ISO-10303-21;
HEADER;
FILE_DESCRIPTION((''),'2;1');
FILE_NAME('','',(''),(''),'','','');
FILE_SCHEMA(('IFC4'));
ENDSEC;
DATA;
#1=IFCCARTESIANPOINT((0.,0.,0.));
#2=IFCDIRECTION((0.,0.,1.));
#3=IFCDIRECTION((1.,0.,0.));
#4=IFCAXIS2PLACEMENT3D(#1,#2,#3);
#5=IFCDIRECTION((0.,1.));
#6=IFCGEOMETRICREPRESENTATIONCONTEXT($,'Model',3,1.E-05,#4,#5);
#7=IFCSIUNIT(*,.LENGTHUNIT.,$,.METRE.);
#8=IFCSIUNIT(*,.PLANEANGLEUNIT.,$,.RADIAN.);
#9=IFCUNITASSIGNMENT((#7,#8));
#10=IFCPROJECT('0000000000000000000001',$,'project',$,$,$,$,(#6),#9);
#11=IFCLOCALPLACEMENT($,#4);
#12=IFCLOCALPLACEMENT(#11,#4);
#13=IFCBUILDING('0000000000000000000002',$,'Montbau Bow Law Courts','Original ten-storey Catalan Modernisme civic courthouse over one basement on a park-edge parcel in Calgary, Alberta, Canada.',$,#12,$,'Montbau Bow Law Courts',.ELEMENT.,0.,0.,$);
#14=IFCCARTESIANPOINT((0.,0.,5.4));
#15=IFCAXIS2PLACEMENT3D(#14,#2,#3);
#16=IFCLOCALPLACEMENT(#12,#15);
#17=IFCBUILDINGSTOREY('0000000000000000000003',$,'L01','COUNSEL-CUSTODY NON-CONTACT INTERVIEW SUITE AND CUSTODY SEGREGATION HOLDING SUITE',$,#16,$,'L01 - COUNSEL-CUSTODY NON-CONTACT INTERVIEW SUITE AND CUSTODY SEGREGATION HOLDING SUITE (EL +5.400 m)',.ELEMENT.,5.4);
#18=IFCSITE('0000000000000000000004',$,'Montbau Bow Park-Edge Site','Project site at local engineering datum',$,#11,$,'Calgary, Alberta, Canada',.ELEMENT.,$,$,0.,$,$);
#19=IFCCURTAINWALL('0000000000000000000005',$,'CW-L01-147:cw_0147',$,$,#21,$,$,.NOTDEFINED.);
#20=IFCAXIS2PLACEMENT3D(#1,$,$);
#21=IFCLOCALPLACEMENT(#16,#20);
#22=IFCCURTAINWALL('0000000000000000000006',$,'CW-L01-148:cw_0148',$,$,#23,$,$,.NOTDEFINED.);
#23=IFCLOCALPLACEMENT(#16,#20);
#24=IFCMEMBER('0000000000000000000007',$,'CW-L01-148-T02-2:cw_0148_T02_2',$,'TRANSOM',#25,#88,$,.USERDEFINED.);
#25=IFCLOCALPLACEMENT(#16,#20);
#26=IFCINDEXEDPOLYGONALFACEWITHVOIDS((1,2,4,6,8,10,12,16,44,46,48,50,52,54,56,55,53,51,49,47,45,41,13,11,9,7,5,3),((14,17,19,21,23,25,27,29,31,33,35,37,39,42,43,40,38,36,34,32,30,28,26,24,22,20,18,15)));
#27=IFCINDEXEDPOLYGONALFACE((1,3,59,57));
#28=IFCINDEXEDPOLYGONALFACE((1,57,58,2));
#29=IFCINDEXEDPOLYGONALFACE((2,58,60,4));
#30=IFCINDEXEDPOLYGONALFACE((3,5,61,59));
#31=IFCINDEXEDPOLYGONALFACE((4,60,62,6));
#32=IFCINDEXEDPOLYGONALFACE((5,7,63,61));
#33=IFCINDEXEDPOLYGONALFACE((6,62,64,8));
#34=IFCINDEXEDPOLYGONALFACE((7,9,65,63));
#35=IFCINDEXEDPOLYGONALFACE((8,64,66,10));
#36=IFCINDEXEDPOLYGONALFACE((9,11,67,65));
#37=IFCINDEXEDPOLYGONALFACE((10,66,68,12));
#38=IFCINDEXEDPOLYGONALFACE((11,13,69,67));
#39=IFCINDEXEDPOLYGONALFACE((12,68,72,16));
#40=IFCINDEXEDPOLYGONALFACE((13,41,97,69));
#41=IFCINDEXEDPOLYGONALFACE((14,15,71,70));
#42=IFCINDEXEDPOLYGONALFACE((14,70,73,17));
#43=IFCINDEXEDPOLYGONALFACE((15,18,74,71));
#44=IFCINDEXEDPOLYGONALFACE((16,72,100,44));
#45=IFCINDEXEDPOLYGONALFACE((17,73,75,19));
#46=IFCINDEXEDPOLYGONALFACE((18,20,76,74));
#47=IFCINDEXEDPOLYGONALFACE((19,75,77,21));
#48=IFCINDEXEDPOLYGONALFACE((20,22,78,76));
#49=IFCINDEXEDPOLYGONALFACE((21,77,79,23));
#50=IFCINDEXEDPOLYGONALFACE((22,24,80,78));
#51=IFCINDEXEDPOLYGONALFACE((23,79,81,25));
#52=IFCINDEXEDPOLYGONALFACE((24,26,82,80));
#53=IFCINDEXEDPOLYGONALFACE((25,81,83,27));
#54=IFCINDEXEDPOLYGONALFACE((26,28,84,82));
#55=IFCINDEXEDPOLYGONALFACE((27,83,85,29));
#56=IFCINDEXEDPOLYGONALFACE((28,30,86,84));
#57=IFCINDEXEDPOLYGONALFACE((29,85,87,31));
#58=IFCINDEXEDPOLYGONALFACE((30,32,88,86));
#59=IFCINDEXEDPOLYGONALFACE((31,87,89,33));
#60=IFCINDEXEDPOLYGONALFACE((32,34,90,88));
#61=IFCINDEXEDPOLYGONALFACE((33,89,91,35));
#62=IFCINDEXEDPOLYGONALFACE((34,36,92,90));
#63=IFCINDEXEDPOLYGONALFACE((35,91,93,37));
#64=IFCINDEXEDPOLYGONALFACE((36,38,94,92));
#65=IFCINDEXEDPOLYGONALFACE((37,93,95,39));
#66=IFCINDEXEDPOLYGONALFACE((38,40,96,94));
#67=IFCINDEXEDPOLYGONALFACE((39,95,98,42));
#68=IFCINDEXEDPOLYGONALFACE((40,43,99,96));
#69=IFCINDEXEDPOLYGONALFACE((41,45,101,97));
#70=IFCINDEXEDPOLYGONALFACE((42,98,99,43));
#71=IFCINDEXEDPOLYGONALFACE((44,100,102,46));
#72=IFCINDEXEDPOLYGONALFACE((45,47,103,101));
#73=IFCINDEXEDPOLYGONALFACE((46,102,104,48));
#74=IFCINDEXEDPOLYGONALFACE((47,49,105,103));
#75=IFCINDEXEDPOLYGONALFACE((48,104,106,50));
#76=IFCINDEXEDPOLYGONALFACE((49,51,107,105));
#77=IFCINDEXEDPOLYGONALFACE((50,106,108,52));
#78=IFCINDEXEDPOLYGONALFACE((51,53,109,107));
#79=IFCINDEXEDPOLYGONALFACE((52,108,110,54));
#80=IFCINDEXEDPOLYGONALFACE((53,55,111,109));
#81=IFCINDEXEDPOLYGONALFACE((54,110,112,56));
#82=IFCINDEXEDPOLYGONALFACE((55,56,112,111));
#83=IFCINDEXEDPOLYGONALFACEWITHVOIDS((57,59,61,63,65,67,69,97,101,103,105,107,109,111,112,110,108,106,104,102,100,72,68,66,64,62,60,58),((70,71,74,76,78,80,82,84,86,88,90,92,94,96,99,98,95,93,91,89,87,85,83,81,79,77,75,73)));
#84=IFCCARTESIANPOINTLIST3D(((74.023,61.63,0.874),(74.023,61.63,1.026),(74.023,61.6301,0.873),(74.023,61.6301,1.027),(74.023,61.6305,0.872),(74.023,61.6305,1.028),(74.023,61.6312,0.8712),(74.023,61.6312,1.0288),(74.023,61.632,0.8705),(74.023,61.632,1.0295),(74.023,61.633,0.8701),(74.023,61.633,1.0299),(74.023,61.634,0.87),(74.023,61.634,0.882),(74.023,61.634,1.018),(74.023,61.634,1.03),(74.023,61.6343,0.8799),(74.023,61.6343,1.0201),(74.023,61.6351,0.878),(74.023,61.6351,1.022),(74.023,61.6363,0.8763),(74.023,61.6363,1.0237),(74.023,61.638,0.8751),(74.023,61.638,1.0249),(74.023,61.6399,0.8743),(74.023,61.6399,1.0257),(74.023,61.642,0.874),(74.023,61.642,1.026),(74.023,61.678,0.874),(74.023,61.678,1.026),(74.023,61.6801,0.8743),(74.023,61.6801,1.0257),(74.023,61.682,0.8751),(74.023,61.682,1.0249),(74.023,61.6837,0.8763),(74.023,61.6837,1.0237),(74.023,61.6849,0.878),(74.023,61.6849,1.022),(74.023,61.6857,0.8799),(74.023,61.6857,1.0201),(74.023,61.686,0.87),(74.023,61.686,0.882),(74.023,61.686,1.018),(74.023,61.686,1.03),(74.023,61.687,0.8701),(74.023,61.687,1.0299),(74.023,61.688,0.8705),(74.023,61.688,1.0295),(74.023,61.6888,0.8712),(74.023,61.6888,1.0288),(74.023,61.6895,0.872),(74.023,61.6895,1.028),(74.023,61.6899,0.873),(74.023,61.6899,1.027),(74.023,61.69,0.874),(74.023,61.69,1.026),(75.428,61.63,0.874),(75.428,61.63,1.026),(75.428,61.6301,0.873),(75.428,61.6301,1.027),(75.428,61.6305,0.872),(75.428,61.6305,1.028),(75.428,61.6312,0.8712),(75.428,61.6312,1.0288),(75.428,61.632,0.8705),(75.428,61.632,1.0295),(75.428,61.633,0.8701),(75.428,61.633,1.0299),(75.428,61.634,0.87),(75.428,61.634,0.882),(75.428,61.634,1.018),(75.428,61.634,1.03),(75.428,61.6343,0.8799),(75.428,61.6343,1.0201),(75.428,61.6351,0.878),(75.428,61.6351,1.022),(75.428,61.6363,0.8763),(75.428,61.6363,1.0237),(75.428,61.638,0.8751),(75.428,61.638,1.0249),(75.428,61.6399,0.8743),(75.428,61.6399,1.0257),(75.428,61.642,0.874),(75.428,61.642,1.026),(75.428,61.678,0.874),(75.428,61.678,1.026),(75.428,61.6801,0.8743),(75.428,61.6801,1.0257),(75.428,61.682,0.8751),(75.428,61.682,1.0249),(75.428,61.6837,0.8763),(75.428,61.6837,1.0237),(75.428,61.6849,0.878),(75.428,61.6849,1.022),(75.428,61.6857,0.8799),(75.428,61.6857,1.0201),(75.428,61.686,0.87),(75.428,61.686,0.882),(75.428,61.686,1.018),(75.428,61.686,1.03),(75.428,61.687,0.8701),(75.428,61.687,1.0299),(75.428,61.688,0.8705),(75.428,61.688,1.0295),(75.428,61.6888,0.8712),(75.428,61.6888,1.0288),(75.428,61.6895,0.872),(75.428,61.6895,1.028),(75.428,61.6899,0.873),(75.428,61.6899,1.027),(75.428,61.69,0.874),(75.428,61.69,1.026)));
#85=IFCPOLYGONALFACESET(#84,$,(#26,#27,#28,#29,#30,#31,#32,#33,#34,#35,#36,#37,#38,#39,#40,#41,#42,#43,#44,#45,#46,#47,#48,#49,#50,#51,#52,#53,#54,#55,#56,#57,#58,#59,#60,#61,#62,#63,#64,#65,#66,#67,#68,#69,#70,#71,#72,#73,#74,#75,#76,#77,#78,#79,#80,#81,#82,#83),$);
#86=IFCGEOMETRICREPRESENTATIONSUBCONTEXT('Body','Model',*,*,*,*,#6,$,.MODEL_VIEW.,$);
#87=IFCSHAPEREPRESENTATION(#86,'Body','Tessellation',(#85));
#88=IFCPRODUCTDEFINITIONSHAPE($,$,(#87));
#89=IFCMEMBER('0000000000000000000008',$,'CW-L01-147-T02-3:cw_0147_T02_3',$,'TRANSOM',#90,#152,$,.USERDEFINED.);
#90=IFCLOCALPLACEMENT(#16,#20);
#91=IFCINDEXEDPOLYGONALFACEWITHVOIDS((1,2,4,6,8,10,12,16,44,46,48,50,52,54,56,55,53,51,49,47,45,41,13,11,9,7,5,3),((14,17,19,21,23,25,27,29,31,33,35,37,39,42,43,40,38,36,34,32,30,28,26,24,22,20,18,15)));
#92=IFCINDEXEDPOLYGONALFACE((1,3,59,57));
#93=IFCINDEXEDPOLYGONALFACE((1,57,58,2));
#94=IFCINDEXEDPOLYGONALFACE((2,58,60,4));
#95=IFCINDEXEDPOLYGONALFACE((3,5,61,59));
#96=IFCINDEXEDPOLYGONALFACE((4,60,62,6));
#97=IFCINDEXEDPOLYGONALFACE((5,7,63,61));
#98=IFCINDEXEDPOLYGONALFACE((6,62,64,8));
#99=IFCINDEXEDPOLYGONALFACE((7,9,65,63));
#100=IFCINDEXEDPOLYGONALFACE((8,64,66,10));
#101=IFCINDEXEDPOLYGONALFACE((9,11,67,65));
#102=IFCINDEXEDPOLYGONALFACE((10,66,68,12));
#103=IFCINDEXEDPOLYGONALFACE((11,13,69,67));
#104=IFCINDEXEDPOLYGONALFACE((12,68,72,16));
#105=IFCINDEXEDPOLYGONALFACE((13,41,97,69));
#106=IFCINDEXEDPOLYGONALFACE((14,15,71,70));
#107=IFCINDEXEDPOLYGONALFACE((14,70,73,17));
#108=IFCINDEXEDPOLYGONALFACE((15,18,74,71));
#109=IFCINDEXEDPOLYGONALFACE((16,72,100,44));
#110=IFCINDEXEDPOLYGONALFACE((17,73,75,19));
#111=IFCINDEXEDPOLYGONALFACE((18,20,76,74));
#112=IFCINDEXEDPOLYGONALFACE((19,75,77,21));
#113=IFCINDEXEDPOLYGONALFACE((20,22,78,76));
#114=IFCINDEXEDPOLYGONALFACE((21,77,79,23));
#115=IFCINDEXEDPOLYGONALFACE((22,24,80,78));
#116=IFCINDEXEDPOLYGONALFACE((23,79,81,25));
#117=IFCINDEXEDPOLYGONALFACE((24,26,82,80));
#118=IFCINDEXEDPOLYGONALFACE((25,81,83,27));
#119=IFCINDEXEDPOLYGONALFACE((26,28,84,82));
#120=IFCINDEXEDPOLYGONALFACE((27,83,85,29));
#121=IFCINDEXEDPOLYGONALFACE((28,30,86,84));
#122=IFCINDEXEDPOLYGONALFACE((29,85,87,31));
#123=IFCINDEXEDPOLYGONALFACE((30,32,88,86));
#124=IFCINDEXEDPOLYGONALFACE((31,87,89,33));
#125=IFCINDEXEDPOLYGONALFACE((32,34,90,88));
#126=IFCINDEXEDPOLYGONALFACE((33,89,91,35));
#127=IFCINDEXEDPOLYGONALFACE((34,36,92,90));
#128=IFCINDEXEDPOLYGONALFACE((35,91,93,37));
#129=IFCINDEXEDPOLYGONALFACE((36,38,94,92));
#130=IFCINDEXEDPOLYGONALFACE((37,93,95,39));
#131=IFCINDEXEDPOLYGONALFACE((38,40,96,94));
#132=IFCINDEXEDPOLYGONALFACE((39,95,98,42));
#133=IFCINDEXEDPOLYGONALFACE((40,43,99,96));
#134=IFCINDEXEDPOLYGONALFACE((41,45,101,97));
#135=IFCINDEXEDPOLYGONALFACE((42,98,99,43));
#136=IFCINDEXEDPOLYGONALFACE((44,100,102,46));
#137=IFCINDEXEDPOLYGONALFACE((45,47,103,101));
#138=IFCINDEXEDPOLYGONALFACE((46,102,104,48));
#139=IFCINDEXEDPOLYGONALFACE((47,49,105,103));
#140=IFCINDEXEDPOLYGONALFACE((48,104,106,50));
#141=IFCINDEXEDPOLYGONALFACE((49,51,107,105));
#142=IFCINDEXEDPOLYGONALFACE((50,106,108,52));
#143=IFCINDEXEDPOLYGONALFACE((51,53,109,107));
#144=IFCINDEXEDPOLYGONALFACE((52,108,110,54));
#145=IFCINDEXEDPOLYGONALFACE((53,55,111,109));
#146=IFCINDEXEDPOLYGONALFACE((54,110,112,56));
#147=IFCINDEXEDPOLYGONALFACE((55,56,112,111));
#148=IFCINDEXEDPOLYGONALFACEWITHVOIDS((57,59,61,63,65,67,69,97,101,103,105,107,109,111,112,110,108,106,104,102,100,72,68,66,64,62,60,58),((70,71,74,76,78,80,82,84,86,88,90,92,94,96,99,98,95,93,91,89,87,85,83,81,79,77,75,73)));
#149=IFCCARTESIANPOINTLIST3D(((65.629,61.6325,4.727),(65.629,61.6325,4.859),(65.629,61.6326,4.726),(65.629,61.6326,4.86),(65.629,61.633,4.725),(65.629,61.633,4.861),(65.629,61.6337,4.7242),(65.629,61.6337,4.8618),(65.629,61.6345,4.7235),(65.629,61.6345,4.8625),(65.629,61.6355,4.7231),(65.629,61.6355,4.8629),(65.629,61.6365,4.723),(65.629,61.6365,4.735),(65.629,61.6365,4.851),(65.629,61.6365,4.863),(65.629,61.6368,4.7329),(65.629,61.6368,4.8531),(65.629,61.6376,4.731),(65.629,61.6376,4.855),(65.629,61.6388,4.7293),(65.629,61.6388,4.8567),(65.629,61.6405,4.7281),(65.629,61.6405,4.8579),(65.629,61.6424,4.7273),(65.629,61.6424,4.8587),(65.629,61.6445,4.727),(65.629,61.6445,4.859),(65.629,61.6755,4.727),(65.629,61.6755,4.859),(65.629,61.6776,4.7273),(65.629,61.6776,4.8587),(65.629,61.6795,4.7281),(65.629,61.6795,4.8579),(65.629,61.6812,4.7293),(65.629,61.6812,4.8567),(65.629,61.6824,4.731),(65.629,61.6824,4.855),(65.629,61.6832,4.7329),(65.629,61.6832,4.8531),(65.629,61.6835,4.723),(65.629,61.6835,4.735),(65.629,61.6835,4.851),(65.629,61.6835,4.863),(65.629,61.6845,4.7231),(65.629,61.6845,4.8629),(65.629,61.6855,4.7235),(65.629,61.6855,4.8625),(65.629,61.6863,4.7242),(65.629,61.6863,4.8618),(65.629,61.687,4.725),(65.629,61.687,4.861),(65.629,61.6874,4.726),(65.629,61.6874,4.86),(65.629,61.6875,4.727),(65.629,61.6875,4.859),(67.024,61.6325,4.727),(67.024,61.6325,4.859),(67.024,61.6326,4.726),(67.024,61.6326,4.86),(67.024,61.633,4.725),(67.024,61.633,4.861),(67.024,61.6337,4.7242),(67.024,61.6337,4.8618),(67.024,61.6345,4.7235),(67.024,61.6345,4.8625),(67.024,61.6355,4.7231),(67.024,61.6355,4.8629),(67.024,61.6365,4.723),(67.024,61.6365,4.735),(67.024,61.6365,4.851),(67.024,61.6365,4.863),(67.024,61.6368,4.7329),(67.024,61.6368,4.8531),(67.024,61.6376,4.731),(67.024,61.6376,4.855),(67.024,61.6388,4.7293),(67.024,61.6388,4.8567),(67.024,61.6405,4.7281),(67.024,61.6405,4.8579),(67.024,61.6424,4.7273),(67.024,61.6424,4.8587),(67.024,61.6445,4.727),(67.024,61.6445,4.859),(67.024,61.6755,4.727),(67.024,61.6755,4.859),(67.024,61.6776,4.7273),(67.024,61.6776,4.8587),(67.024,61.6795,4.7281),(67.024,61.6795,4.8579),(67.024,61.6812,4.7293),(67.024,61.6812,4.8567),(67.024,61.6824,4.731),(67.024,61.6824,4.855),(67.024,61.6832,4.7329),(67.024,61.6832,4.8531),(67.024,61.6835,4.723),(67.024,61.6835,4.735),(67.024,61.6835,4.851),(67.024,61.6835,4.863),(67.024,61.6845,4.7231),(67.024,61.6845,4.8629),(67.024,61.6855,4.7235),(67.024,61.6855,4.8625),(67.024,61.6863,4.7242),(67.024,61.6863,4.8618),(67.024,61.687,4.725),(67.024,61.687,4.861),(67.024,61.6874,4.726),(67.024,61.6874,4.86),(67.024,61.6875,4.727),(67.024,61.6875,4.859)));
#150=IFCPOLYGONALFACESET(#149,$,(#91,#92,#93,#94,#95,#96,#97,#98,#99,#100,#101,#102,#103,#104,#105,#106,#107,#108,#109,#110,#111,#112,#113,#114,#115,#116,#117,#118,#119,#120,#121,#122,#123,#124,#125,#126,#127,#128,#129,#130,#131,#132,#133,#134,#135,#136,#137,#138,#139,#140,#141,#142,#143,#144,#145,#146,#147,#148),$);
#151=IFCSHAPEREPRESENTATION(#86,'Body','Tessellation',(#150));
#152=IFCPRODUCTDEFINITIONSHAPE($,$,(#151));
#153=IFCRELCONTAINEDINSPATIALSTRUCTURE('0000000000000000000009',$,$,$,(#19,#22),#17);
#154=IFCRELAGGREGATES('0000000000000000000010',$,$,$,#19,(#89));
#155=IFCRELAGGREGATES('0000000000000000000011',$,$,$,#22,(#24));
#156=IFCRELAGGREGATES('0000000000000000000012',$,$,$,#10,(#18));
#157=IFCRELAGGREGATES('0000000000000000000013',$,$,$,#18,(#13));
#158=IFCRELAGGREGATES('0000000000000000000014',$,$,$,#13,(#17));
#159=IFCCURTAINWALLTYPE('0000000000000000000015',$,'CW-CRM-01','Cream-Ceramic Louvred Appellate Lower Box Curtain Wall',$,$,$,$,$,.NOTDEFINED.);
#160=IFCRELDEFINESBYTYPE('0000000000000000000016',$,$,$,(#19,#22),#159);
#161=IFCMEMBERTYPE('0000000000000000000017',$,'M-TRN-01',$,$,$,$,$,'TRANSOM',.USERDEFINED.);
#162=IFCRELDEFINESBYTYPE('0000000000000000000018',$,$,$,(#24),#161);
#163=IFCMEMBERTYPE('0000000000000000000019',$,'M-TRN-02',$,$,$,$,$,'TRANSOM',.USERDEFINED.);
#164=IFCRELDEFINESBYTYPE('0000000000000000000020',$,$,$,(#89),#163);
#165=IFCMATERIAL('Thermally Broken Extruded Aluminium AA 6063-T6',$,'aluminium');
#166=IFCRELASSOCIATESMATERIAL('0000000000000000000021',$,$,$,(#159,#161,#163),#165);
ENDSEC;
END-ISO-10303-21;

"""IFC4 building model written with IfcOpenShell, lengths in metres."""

from ifc_helpers import new_model, si_unit, direction, frame, origin_with_axes, origin_2d_with_axis, place, context, subcontext, project, spatial, hollow_rectangle, extrude, material, material_profile, profile_set, type_object, element, aggregate, save


model = new_model("IFC4")

# Units and contexts
model_context = context("Model", 3, precision=1e-05, world=origin_with_axes(), true_north=direction((0.0, 1.0)))
body_context = subcontext(model_context, "Body", "Model", "MODEL_VIEW")
ifc_project = project(units=[si_unit("LENGTHUNIT", "METRE"), si_unit("PLANEANGLEUNIT", "RADIAN")], contexts=[model_context])

# Site, building, storey
site_placement = place(None, origin_with_axes())
site = spatial("IfcSite", under=ifc_project, at=site_placement, Name="Montbau Bow Park-Edge Site", Description="Project site at local engineering datum", LongName="Calgary, Alberta, Canada", CompositionType="ELEMENT", RefElevation=0.0)
building_placement = place(site_placement, origin_with_axes())
building = spatial("IfcBuilding", under=site, at=building_placement, Name="Montbau Bow Law Courts", Description="Original ten-storey Catalan Modernisme civic courthouse over one basement on a park-edge parcel in Calgary, Alberta, Canada.", LongName="Montbau Bow Law Courts", CompositionType="ELEMENT", ElevationOfRefHeight=0.0, ElevationOfTerrain=0.0)
storey_placement = place(building_placement, frame((0.0, 0.0, 5.4), z_axis=(0.0, 0.0, 1.0), x_axis=(1.0, 0.0, 0.0)))
storey = spatial("IfcBuildingStorey", under=building, at=storey_placement, Name="L01", Description="COUNSEL-CUSTODY NON-CONTACT INTERVIEW SUITE AND CUSTODY SEGREGATION HOLDING SUITE", LongName="L01 - COUNSEL-CUSTODY NON-CONTACT INTERVIEW SUITE AND CUSTODY SEGREGATION HOLDING SUITE (EL +5.400 m)", CompositionType="ELEMENT", Elevation=5.4)

# Curtain walls, member
ifc_material_1 = material(Name="Thermally Broken Extruded Aluminium AA 6063-T6", Category="aluminium")
curtain_wall_type = type_object("IfcCurtainWallType", Name="CW-CRM-01", Description="Cream-Ceramic Louvred Appellate Lower Box Curtain Wall", PredefinedType="NOTDEFINED", material=ifc_material_1)
curtain_wall_1_placement = place(None, frame((64.115, 61.66, 5.4), z_axis=(0.0, 0.0, 1.0), x_axis=(1.0, 0.0, 0.0)))
curtain_wall_1 = element("IfcCurtainWall", 1, at=curtain_wall_1_placement, inside=storey, type_object=curtain_wall_type, Name="CW-L01-147:cw_0147", PredefinedType="NOTDEFINED")
curtain_wall_2_placement = place(None, frame((72.515, 61.66, 5.4), z_axis=(0.0, 0.0, 1.0), x_axis=(1.0, 0.0, 0.0)))
curtain_wall_2 = element("IfcCurtainWall", 2, at=curtain_wall_2_placement, inside=storey, type_object=curtain_wall_type, Name="CW-L01-148:cw_0148", PredefinedType="NOTDEFINED")
ifc_material_profile_1 = material_profile(ifc_material_1, hollow_rectangle(XDim=0.06, YDim=0.16, WallThickness=0.004, InnerFilletRadius=0.008, OuterFilletRadius=0.004, at=origin_2d_with_axis()), Name="CWT-160X60", Category="Main", Priority=0)
ifc_profile_set_1 = profile_set([ifc_material_profile_1], Name="Thermally Broken Extruded Aluminium AA 6063-T6")
member_type_1 = type_object("IfcMemberType", Name="M-TRN-01", ElementType="TRANSOM", PredefinedType="USERDEFINED", material=ifc_profile_set_1)
member_1_placement = place(None, frame((74.023, 61.66, 6.35), z_axis=(1.0, 0.0, 0.0), x_axis=(0.0, 1.0, 0.0)))
member_1 = element("IfcMember", 3, at=member_1_placement, type_object=member_type_1, Name="CW-L01-148-T02-2:cw_0148_T02_2", ObjectType="TRANSOM", PredefinedType="USERDEFINED", context=body_context, shape_type="SweptSolid", body=[
    extrude(hollow_rectangle(XDim=0.06, YDim=0.16, WallThickness=0.004, InnerFilletRadius=0.008, OuterFilletRadius=0.004, at=origin_2d_with_axis()), origin_with_axes(), (0.0, 0.0, 1.0), 1.405),
])

# Member
ifc_material_profile_2 = material_profile(ifc_material_1, hollow_rectangle(XDim=0.055, YDim=0.14, WallThickness=0.004, InnerFilletRadius=0.008, OuterFilletRadius=0.004, at=origin_2d_with_axis()), Name="CWT-140X55", Category="Main", Priority=0)
ifc_profile_set_2 = profile_set([ifc_material_profile_2], Name="Thermally Broken Extruded Aluminium AA 6063-T6")
member_type_2 = type_object("IfcMemberType", Name="M-TRN-02", ElementType="TRANSOM", PredefinedType="USERDEFINED", material=ifc_profile_set_2)
member_2_placement = place(None, frame((65.629, 61.66, 10.193), z_axis=(1.0, 0.0, 0.0), x_axis=(0.0, 1.0, 0.0)))
member_2 = element("IfcMember", 4, at=member_2_placement, type_object=member_type_2, Name="CW-L01-147-T02-3:cw_0147_T02_3", ObjectType="TRANSOM", PredefinedType="USERDEFINED", context=body_context, shape_type="SweptSolid", body=[
    extrude(hollow_rectangle(XDim=0.055, YDim=0.14, WallThickness=0.004, InnerFilletRadius=0.008, OuterFilletRadius=0.004, at=origin_2d_with_axis()), origin_with_axes(), (0.0, 0.0, 1.0), 1.395),
])

aggregate(curtain_wall_1, [member_2])
aggregate(curtain_wall_2, [member_1])

save(model, "model.ifc")
